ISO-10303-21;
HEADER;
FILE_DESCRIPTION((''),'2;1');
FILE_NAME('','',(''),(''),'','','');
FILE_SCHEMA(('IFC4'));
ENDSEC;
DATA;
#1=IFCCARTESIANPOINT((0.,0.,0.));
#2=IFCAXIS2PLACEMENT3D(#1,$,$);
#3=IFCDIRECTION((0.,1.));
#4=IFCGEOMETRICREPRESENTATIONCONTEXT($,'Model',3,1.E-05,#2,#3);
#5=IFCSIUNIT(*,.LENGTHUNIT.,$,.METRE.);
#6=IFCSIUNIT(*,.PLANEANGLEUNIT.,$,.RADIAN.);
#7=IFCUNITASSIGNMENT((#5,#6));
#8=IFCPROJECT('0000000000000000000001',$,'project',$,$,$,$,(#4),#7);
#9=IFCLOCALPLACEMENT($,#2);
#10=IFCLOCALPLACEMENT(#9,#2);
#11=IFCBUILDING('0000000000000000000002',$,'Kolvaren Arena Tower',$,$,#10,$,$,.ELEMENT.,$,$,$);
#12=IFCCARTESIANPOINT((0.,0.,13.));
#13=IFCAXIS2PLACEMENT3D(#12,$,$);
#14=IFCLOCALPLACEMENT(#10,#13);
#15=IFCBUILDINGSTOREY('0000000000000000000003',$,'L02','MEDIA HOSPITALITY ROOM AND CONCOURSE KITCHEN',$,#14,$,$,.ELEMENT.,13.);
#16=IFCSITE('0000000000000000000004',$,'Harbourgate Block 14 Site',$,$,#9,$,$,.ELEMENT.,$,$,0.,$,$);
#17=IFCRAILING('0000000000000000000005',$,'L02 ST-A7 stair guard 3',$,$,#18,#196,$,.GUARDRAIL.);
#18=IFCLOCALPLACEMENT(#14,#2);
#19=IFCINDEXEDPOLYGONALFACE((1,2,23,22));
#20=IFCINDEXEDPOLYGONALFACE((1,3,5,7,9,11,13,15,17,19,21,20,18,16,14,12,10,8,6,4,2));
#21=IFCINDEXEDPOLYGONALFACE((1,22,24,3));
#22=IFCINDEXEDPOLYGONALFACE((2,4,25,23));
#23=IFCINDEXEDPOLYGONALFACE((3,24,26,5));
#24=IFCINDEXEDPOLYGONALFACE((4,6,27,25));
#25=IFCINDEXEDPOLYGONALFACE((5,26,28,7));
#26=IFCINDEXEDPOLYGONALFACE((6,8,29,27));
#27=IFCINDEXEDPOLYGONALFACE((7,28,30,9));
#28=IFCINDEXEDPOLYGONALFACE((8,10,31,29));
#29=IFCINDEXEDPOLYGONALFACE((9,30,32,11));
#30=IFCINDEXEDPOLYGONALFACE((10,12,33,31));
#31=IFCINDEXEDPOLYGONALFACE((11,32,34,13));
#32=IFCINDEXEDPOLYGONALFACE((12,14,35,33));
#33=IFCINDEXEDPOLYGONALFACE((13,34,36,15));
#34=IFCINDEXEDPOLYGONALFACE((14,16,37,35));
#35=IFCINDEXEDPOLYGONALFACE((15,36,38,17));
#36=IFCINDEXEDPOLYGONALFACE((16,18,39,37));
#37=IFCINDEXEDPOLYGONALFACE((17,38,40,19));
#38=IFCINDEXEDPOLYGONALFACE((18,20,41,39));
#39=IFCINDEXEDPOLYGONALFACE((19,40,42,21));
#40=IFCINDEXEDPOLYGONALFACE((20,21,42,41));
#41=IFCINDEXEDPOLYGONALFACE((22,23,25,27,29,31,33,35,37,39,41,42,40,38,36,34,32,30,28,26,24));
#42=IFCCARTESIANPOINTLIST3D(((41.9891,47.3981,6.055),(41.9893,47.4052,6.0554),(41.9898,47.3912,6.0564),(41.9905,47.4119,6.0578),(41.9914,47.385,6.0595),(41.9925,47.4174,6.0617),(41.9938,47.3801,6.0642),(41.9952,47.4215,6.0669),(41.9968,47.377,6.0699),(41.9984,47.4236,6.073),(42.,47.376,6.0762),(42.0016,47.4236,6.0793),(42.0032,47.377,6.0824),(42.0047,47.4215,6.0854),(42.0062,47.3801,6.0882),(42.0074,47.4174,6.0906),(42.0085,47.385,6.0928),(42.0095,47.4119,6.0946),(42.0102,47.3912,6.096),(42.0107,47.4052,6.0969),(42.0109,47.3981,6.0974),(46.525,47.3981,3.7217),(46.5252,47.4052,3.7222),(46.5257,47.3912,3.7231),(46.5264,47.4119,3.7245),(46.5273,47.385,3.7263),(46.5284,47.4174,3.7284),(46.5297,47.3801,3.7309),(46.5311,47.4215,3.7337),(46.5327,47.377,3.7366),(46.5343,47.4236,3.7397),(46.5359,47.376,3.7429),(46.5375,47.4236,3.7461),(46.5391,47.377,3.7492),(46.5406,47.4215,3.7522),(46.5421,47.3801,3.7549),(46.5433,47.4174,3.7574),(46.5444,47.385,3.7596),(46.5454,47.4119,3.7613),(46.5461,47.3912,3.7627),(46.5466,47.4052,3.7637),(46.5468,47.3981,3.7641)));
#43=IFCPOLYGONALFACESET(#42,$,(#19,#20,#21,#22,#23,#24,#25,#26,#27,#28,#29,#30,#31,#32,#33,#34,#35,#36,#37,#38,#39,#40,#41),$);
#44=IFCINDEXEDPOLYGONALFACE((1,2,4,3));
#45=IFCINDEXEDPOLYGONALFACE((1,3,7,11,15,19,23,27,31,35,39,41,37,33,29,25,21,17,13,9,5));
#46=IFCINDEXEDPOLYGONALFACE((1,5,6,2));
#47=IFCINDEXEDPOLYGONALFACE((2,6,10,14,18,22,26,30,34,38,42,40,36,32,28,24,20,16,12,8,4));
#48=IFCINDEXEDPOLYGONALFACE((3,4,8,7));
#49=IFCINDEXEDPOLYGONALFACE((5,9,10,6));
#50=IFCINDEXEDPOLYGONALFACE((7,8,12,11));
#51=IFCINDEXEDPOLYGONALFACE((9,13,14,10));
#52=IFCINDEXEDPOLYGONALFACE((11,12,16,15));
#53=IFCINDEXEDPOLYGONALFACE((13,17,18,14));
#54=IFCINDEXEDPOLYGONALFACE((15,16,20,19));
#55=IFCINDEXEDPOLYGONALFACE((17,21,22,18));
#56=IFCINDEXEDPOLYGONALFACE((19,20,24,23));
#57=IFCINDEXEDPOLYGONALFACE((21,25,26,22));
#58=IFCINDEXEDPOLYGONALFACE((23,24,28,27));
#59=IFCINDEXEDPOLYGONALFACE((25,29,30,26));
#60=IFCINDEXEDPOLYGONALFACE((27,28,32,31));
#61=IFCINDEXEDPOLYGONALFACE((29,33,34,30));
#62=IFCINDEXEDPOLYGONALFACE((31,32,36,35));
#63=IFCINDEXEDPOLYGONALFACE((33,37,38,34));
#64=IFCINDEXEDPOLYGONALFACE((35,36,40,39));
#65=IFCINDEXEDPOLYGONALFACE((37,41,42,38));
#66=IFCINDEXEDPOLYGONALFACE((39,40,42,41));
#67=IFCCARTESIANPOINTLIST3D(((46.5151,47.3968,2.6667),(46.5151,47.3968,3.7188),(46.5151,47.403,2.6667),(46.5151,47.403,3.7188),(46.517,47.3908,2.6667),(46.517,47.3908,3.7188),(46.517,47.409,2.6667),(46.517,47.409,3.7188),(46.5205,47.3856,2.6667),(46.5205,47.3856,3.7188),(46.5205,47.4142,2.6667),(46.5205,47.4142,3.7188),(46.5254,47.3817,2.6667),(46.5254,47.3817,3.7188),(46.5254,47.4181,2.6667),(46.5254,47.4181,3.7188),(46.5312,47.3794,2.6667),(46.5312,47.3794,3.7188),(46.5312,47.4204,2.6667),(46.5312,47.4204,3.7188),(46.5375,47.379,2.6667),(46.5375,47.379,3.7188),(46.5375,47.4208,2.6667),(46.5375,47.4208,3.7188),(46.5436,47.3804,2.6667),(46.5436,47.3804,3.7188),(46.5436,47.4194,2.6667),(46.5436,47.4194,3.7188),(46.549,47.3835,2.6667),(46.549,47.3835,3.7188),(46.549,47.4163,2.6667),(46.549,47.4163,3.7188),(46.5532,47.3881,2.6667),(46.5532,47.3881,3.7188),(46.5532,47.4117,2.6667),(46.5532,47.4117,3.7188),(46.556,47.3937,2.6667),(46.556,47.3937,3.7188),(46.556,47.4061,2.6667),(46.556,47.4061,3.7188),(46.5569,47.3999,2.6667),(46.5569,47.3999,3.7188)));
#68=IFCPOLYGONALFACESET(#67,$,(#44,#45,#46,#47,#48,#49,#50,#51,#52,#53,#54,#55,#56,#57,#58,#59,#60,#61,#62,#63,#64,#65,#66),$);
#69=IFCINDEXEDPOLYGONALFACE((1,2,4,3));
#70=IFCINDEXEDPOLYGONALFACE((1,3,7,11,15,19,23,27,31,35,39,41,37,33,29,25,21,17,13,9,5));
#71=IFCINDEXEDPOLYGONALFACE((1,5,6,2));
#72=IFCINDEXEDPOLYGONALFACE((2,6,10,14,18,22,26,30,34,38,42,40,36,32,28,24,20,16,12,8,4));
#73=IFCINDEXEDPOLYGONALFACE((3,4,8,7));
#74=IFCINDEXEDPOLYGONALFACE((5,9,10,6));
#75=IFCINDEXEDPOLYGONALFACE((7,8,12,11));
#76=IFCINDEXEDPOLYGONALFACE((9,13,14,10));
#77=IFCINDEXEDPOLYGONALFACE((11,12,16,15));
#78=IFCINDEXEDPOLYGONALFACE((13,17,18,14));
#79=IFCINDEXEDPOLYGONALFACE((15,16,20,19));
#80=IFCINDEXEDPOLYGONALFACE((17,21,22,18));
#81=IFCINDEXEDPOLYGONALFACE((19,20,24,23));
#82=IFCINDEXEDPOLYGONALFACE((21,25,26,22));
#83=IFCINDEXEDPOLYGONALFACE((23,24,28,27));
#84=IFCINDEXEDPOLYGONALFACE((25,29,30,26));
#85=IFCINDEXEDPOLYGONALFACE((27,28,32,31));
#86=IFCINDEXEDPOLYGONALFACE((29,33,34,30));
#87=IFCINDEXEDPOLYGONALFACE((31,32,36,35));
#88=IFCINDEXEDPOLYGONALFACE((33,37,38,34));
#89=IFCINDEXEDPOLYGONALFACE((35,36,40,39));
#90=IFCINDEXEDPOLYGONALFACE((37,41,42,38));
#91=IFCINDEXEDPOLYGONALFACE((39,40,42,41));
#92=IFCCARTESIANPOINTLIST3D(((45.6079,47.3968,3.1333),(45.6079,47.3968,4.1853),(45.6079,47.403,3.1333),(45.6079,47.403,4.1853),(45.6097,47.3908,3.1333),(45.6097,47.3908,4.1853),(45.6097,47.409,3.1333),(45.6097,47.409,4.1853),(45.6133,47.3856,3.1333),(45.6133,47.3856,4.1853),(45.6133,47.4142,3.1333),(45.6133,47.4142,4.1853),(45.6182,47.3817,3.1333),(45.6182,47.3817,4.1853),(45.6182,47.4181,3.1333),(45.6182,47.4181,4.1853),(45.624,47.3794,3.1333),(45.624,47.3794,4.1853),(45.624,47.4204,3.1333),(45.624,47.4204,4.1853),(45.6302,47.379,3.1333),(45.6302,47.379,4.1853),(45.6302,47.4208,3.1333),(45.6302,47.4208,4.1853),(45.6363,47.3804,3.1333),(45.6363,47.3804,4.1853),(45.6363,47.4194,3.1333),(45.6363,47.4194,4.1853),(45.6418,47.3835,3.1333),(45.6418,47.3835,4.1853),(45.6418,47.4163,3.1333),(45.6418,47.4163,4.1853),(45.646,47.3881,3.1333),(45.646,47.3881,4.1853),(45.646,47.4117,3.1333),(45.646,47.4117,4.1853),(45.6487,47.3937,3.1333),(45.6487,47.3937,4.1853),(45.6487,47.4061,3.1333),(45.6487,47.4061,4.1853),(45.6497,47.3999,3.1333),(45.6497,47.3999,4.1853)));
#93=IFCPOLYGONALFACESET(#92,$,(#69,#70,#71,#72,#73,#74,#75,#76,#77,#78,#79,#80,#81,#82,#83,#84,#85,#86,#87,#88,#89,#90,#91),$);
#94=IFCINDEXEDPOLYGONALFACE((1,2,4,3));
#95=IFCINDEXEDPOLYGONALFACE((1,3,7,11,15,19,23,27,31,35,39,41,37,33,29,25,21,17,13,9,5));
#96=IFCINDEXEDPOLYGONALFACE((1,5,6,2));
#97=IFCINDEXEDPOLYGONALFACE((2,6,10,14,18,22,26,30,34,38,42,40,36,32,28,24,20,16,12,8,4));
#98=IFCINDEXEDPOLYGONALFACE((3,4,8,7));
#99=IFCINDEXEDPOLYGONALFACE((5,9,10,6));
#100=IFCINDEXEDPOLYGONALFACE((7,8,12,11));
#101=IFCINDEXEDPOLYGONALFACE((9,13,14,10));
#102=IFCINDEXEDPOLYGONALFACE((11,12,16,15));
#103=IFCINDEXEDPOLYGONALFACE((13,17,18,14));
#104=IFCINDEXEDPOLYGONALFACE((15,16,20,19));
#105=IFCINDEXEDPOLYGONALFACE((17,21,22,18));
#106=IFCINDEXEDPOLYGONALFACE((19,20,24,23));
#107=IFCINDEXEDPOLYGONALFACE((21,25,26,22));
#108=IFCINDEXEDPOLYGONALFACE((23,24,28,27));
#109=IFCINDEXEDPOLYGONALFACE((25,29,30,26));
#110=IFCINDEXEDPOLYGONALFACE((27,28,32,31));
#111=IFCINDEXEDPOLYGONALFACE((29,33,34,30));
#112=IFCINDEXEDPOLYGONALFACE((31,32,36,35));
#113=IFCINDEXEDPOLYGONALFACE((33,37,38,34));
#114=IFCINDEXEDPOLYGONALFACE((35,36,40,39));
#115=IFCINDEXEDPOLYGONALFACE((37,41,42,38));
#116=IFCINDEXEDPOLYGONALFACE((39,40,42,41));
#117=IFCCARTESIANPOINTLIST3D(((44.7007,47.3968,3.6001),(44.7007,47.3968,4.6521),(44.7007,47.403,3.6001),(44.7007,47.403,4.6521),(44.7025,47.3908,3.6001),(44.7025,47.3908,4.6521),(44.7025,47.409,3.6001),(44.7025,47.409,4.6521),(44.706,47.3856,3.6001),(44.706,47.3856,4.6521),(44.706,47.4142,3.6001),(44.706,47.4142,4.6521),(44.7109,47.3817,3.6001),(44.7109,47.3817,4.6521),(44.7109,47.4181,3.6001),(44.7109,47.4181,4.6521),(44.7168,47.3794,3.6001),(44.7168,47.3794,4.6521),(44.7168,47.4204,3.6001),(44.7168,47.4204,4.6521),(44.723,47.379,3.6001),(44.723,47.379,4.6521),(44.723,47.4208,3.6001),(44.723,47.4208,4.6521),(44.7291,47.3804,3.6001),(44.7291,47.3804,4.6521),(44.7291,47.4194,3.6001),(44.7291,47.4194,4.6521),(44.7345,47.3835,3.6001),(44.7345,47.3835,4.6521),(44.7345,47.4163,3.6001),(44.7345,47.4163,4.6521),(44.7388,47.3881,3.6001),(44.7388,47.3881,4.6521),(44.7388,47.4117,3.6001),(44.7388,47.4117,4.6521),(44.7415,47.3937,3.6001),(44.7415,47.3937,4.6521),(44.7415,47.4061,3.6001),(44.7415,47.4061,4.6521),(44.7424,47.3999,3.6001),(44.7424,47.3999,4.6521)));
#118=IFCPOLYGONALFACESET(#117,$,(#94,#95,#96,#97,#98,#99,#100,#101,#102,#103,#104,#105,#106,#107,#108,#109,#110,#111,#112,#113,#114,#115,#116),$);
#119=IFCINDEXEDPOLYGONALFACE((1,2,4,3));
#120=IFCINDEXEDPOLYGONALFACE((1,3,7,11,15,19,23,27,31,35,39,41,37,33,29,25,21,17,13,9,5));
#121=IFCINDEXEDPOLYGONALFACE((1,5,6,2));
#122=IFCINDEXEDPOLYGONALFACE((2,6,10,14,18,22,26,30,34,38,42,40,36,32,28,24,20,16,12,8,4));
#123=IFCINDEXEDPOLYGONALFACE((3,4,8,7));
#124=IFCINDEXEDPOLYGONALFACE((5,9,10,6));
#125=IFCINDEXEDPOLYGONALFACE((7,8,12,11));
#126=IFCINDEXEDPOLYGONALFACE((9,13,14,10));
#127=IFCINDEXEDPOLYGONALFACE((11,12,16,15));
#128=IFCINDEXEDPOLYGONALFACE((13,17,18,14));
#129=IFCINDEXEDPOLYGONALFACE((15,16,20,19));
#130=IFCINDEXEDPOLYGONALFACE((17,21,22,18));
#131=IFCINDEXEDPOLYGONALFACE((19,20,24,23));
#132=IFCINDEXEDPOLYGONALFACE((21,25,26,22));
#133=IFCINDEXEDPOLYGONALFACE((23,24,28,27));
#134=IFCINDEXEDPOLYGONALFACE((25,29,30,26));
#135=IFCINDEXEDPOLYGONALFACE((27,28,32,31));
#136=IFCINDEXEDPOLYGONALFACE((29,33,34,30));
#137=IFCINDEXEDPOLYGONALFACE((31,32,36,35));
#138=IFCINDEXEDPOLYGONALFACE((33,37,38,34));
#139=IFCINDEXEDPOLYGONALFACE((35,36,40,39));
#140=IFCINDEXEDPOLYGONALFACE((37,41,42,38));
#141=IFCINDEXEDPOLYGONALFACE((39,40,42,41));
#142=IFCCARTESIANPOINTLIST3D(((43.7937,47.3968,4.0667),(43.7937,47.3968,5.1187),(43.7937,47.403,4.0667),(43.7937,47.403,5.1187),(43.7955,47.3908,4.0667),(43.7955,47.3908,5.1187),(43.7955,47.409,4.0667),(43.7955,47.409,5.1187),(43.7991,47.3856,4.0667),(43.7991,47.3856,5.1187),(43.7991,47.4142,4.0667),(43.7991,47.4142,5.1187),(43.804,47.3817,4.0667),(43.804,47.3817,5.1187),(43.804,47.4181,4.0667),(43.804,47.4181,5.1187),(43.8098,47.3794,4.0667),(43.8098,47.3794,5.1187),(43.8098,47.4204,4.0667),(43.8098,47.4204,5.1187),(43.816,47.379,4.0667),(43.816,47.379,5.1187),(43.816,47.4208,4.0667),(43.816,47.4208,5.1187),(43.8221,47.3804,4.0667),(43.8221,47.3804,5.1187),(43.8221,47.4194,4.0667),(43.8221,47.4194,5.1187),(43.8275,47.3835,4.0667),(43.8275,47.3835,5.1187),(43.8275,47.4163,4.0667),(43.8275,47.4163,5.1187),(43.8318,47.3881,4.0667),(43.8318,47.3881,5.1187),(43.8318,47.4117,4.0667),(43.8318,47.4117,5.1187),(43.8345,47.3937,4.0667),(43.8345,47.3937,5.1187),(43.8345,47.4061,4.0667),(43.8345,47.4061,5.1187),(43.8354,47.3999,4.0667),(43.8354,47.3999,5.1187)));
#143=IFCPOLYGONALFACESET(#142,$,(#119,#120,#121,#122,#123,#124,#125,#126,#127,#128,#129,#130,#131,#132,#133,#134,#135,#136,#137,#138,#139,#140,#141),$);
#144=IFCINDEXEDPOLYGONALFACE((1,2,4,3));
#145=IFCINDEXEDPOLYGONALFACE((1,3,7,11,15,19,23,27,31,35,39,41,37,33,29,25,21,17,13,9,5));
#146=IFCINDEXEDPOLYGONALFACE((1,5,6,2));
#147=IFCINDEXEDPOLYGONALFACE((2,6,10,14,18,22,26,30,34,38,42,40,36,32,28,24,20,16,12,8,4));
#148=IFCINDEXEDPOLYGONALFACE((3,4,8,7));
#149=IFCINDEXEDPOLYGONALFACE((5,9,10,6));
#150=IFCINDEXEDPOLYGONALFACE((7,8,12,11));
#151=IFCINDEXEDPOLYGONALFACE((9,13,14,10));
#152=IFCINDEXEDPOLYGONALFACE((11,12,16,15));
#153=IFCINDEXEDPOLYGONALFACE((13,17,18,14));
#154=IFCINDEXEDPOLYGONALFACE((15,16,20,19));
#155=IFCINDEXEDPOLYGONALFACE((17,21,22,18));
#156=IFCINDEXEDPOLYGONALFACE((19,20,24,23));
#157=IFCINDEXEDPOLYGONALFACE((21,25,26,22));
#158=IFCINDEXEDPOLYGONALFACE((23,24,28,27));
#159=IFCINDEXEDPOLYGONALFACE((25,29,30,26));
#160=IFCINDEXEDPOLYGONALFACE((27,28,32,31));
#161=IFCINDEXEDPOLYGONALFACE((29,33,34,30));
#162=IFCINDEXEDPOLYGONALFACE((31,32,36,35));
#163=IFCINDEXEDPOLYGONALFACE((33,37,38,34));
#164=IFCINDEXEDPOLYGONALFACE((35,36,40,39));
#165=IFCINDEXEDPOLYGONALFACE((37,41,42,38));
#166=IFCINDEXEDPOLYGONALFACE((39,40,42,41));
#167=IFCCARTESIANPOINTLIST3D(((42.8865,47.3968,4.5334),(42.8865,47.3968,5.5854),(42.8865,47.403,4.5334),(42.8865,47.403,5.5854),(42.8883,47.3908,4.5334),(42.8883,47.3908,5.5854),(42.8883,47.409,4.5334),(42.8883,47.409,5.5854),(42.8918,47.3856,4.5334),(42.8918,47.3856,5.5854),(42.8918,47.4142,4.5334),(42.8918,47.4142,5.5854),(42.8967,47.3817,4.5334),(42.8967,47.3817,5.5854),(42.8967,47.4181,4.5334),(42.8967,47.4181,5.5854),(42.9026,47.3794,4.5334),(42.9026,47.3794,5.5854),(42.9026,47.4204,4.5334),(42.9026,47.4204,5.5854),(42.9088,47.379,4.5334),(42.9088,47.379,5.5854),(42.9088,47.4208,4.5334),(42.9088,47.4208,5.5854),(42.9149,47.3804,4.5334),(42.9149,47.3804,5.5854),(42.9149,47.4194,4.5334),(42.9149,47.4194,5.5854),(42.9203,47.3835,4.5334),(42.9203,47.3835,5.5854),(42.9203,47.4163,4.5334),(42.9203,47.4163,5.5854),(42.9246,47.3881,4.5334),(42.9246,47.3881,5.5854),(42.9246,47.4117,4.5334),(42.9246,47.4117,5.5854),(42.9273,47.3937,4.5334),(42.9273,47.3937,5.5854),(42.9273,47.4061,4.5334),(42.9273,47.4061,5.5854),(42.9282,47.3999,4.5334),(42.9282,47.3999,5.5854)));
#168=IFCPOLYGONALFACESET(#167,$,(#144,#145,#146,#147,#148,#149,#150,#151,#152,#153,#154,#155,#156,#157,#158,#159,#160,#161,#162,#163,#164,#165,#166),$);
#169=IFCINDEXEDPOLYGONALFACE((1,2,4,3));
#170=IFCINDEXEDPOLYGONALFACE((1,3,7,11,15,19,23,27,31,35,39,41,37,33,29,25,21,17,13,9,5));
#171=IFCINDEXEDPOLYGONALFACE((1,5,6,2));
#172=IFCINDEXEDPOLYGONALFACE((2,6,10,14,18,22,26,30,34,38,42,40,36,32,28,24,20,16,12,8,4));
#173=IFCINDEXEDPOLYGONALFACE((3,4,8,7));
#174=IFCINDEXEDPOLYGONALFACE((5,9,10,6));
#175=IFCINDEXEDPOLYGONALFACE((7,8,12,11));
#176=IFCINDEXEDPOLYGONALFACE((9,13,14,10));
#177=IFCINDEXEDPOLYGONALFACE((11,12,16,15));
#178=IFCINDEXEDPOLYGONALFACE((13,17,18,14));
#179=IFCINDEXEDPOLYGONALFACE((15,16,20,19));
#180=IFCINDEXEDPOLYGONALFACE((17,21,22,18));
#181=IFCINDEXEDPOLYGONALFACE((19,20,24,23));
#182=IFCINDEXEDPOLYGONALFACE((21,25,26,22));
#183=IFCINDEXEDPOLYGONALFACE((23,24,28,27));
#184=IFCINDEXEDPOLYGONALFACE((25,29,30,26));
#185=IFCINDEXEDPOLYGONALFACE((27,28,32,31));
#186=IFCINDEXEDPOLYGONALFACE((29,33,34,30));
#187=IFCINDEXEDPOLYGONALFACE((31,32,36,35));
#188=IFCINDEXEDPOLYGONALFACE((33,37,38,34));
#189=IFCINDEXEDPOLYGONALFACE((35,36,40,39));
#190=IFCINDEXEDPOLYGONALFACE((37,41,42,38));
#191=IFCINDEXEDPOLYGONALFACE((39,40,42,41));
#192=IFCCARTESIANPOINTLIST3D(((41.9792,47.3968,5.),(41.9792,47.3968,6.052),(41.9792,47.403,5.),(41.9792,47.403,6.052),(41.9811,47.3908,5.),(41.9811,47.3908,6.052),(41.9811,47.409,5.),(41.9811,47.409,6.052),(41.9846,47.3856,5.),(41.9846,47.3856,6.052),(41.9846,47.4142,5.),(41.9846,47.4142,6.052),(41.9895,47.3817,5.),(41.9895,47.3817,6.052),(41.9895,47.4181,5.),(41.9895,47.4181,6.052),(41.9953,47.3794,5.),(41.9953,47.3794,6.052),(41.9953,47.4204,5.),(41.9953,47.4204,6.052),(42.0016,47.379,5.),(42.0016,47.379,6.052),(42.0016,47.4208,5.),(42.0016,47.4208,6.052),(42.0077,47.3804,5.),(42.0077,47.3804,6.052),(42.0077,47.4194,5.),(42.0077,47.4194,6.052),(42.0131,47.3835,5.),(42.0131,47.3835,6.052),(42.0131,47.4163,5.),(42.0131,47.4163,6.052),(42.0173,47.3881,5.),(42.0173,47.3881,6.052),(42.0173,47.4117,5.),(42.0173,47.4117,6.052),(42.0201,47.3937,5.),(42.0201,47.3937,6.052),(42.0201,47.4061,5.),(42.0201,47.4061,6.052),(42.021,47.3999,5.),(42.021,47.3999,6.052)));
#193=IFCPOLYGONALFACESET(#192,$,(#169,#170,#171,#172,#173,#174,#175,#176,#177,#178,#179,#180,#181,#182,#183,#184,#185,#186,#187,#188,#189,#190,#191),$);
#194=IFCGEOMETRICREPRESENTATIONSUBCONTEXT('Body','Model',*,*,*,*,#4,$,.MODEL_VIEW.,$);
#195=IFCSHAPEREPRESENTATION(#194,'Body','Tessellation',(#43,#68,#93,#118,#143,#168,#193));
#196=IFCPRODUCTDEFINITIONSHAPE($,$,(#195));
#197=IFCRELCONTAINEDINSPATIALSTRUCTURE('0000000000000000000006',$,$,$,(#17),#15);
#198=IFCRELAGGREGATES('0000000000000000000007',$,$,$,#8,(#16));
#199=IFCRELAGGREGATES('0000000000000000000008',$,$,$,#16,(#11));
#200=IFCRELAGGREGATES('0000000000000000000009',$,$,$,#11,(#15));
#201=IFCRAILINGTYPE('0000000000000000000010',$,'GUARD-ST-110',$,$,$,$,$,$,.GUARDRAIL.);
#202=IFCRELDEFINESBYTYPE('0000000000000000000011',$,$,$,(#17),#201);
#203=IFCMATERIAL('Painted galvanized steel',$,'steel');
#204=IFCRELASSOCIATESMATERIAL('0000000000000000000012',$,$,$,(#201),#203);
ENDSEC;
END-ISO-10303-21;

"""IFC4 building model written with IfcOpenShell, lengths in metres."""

from ifc_helpers import new_model, si_unit, direction, frame, origin, origin_2d, place, context, subcontext, project, spatial, circle, extrude, material, type_object, element, save


model = new_model("IFC4")

# Units and contexts
model_context = context("Model", 3, precision=1e-05, world=origin(), true_north=direction((0.0, 1.0)))
body_context = subcontext(model_context, "Body", "Model", "MODEL_VIEW")
ifc_project = project(units=[si_unit("LENGTHUNIT", "METRE"), si_unit("PLANEANGLEUNIT", "RADIAN")], contexts=[model_context])

# Site, building, storey
site_placement = place(None, origin())
site = spatial("IfcSite", under=ifc_project, at=site_placement, Name="Harbourgate Block 14 Site", CompositionType="ELEMENT", RefElevation=0.0)
building_placement = place(site_placement, origin())
building = spatial("IfcBuilding", under=site, at=building_placement, Name="Kolvaren Arena Tower", CompositionType="ELEMENT")
storey_placement = place(building_placement, frame((0.0, 0.0, 13.0)))
storey = spatial("IfcBuildingStorey", under=building, at=storey_placement, Name="L02", Description="MEDIA HOSPITALITY ROOM AND CONCOURSE KITCHEN", CompositionType="ELEMENT", Elevation=13.0)

# Railing
ifc_material_1 = material(Name="Painted galvanized steel", Category="steel")
railing_type_1 = type_object("IfcRailingType", Name="GUARD-ST-110", PredefinedType="GUARDRAIL", material=ifc_material_1)
railing_1_placement = place(storey_placement, frame((46.5359, 47.3999, 2.6667)))
element("IfcRailing", 1, at=railing_1_placement, inside=storey, type_object=railing_type_1, Name="L02 ST-A7 stair guard 3", PredefinedType="GUARDRAIL", context=body_context, shape_type="SweptSolid", body=[
    extrude(circle(Radius=0.0239, at=origin_2d()), frame((0.0, 0.0, 1.0762), z_axis=(-0.889247, 0.0, 0.457427), x_axis=(0.0, -1.0, 0.0)), (0.0, 0.0, 1.0), 5.1008),
    extrude(circle(Radius=0.021, at=origin_2d()), origin(), (0.0, 0.0, 1.0), 1.052),
    extrude(circle(Radius=0.021, at=origin_2d()), frame((-0.9072, 0.0, 0.4666)), (0.0, 0.0, 1.0), 1.052),
    extrude(circle(Radius=0.021, at=origin_2d()), frame((-1.8145, 0.0, 0.9333)), (0.0, 0.0, 1.0), 1.052),
    extrude(circle(Radius=0.021, at=origin_2d()), frame((-2.7214, 0.0, 1.3999)), (0.0, 0.0, 1.0), 1.052),
    extrude(circle(Radius=0.021, at=origin_2d()), frame((-3.6287, 0.0, 1.8667)), (0.0, 0.0, 1.0), 1.052),
    extrude(circle(Radius=0.021, at=origin_2d()), frame((-4.5359, 0.0, 2.3333)), (0.0, 0.0, 1.0), 1.052),
])

save(model, "model.ifc")
